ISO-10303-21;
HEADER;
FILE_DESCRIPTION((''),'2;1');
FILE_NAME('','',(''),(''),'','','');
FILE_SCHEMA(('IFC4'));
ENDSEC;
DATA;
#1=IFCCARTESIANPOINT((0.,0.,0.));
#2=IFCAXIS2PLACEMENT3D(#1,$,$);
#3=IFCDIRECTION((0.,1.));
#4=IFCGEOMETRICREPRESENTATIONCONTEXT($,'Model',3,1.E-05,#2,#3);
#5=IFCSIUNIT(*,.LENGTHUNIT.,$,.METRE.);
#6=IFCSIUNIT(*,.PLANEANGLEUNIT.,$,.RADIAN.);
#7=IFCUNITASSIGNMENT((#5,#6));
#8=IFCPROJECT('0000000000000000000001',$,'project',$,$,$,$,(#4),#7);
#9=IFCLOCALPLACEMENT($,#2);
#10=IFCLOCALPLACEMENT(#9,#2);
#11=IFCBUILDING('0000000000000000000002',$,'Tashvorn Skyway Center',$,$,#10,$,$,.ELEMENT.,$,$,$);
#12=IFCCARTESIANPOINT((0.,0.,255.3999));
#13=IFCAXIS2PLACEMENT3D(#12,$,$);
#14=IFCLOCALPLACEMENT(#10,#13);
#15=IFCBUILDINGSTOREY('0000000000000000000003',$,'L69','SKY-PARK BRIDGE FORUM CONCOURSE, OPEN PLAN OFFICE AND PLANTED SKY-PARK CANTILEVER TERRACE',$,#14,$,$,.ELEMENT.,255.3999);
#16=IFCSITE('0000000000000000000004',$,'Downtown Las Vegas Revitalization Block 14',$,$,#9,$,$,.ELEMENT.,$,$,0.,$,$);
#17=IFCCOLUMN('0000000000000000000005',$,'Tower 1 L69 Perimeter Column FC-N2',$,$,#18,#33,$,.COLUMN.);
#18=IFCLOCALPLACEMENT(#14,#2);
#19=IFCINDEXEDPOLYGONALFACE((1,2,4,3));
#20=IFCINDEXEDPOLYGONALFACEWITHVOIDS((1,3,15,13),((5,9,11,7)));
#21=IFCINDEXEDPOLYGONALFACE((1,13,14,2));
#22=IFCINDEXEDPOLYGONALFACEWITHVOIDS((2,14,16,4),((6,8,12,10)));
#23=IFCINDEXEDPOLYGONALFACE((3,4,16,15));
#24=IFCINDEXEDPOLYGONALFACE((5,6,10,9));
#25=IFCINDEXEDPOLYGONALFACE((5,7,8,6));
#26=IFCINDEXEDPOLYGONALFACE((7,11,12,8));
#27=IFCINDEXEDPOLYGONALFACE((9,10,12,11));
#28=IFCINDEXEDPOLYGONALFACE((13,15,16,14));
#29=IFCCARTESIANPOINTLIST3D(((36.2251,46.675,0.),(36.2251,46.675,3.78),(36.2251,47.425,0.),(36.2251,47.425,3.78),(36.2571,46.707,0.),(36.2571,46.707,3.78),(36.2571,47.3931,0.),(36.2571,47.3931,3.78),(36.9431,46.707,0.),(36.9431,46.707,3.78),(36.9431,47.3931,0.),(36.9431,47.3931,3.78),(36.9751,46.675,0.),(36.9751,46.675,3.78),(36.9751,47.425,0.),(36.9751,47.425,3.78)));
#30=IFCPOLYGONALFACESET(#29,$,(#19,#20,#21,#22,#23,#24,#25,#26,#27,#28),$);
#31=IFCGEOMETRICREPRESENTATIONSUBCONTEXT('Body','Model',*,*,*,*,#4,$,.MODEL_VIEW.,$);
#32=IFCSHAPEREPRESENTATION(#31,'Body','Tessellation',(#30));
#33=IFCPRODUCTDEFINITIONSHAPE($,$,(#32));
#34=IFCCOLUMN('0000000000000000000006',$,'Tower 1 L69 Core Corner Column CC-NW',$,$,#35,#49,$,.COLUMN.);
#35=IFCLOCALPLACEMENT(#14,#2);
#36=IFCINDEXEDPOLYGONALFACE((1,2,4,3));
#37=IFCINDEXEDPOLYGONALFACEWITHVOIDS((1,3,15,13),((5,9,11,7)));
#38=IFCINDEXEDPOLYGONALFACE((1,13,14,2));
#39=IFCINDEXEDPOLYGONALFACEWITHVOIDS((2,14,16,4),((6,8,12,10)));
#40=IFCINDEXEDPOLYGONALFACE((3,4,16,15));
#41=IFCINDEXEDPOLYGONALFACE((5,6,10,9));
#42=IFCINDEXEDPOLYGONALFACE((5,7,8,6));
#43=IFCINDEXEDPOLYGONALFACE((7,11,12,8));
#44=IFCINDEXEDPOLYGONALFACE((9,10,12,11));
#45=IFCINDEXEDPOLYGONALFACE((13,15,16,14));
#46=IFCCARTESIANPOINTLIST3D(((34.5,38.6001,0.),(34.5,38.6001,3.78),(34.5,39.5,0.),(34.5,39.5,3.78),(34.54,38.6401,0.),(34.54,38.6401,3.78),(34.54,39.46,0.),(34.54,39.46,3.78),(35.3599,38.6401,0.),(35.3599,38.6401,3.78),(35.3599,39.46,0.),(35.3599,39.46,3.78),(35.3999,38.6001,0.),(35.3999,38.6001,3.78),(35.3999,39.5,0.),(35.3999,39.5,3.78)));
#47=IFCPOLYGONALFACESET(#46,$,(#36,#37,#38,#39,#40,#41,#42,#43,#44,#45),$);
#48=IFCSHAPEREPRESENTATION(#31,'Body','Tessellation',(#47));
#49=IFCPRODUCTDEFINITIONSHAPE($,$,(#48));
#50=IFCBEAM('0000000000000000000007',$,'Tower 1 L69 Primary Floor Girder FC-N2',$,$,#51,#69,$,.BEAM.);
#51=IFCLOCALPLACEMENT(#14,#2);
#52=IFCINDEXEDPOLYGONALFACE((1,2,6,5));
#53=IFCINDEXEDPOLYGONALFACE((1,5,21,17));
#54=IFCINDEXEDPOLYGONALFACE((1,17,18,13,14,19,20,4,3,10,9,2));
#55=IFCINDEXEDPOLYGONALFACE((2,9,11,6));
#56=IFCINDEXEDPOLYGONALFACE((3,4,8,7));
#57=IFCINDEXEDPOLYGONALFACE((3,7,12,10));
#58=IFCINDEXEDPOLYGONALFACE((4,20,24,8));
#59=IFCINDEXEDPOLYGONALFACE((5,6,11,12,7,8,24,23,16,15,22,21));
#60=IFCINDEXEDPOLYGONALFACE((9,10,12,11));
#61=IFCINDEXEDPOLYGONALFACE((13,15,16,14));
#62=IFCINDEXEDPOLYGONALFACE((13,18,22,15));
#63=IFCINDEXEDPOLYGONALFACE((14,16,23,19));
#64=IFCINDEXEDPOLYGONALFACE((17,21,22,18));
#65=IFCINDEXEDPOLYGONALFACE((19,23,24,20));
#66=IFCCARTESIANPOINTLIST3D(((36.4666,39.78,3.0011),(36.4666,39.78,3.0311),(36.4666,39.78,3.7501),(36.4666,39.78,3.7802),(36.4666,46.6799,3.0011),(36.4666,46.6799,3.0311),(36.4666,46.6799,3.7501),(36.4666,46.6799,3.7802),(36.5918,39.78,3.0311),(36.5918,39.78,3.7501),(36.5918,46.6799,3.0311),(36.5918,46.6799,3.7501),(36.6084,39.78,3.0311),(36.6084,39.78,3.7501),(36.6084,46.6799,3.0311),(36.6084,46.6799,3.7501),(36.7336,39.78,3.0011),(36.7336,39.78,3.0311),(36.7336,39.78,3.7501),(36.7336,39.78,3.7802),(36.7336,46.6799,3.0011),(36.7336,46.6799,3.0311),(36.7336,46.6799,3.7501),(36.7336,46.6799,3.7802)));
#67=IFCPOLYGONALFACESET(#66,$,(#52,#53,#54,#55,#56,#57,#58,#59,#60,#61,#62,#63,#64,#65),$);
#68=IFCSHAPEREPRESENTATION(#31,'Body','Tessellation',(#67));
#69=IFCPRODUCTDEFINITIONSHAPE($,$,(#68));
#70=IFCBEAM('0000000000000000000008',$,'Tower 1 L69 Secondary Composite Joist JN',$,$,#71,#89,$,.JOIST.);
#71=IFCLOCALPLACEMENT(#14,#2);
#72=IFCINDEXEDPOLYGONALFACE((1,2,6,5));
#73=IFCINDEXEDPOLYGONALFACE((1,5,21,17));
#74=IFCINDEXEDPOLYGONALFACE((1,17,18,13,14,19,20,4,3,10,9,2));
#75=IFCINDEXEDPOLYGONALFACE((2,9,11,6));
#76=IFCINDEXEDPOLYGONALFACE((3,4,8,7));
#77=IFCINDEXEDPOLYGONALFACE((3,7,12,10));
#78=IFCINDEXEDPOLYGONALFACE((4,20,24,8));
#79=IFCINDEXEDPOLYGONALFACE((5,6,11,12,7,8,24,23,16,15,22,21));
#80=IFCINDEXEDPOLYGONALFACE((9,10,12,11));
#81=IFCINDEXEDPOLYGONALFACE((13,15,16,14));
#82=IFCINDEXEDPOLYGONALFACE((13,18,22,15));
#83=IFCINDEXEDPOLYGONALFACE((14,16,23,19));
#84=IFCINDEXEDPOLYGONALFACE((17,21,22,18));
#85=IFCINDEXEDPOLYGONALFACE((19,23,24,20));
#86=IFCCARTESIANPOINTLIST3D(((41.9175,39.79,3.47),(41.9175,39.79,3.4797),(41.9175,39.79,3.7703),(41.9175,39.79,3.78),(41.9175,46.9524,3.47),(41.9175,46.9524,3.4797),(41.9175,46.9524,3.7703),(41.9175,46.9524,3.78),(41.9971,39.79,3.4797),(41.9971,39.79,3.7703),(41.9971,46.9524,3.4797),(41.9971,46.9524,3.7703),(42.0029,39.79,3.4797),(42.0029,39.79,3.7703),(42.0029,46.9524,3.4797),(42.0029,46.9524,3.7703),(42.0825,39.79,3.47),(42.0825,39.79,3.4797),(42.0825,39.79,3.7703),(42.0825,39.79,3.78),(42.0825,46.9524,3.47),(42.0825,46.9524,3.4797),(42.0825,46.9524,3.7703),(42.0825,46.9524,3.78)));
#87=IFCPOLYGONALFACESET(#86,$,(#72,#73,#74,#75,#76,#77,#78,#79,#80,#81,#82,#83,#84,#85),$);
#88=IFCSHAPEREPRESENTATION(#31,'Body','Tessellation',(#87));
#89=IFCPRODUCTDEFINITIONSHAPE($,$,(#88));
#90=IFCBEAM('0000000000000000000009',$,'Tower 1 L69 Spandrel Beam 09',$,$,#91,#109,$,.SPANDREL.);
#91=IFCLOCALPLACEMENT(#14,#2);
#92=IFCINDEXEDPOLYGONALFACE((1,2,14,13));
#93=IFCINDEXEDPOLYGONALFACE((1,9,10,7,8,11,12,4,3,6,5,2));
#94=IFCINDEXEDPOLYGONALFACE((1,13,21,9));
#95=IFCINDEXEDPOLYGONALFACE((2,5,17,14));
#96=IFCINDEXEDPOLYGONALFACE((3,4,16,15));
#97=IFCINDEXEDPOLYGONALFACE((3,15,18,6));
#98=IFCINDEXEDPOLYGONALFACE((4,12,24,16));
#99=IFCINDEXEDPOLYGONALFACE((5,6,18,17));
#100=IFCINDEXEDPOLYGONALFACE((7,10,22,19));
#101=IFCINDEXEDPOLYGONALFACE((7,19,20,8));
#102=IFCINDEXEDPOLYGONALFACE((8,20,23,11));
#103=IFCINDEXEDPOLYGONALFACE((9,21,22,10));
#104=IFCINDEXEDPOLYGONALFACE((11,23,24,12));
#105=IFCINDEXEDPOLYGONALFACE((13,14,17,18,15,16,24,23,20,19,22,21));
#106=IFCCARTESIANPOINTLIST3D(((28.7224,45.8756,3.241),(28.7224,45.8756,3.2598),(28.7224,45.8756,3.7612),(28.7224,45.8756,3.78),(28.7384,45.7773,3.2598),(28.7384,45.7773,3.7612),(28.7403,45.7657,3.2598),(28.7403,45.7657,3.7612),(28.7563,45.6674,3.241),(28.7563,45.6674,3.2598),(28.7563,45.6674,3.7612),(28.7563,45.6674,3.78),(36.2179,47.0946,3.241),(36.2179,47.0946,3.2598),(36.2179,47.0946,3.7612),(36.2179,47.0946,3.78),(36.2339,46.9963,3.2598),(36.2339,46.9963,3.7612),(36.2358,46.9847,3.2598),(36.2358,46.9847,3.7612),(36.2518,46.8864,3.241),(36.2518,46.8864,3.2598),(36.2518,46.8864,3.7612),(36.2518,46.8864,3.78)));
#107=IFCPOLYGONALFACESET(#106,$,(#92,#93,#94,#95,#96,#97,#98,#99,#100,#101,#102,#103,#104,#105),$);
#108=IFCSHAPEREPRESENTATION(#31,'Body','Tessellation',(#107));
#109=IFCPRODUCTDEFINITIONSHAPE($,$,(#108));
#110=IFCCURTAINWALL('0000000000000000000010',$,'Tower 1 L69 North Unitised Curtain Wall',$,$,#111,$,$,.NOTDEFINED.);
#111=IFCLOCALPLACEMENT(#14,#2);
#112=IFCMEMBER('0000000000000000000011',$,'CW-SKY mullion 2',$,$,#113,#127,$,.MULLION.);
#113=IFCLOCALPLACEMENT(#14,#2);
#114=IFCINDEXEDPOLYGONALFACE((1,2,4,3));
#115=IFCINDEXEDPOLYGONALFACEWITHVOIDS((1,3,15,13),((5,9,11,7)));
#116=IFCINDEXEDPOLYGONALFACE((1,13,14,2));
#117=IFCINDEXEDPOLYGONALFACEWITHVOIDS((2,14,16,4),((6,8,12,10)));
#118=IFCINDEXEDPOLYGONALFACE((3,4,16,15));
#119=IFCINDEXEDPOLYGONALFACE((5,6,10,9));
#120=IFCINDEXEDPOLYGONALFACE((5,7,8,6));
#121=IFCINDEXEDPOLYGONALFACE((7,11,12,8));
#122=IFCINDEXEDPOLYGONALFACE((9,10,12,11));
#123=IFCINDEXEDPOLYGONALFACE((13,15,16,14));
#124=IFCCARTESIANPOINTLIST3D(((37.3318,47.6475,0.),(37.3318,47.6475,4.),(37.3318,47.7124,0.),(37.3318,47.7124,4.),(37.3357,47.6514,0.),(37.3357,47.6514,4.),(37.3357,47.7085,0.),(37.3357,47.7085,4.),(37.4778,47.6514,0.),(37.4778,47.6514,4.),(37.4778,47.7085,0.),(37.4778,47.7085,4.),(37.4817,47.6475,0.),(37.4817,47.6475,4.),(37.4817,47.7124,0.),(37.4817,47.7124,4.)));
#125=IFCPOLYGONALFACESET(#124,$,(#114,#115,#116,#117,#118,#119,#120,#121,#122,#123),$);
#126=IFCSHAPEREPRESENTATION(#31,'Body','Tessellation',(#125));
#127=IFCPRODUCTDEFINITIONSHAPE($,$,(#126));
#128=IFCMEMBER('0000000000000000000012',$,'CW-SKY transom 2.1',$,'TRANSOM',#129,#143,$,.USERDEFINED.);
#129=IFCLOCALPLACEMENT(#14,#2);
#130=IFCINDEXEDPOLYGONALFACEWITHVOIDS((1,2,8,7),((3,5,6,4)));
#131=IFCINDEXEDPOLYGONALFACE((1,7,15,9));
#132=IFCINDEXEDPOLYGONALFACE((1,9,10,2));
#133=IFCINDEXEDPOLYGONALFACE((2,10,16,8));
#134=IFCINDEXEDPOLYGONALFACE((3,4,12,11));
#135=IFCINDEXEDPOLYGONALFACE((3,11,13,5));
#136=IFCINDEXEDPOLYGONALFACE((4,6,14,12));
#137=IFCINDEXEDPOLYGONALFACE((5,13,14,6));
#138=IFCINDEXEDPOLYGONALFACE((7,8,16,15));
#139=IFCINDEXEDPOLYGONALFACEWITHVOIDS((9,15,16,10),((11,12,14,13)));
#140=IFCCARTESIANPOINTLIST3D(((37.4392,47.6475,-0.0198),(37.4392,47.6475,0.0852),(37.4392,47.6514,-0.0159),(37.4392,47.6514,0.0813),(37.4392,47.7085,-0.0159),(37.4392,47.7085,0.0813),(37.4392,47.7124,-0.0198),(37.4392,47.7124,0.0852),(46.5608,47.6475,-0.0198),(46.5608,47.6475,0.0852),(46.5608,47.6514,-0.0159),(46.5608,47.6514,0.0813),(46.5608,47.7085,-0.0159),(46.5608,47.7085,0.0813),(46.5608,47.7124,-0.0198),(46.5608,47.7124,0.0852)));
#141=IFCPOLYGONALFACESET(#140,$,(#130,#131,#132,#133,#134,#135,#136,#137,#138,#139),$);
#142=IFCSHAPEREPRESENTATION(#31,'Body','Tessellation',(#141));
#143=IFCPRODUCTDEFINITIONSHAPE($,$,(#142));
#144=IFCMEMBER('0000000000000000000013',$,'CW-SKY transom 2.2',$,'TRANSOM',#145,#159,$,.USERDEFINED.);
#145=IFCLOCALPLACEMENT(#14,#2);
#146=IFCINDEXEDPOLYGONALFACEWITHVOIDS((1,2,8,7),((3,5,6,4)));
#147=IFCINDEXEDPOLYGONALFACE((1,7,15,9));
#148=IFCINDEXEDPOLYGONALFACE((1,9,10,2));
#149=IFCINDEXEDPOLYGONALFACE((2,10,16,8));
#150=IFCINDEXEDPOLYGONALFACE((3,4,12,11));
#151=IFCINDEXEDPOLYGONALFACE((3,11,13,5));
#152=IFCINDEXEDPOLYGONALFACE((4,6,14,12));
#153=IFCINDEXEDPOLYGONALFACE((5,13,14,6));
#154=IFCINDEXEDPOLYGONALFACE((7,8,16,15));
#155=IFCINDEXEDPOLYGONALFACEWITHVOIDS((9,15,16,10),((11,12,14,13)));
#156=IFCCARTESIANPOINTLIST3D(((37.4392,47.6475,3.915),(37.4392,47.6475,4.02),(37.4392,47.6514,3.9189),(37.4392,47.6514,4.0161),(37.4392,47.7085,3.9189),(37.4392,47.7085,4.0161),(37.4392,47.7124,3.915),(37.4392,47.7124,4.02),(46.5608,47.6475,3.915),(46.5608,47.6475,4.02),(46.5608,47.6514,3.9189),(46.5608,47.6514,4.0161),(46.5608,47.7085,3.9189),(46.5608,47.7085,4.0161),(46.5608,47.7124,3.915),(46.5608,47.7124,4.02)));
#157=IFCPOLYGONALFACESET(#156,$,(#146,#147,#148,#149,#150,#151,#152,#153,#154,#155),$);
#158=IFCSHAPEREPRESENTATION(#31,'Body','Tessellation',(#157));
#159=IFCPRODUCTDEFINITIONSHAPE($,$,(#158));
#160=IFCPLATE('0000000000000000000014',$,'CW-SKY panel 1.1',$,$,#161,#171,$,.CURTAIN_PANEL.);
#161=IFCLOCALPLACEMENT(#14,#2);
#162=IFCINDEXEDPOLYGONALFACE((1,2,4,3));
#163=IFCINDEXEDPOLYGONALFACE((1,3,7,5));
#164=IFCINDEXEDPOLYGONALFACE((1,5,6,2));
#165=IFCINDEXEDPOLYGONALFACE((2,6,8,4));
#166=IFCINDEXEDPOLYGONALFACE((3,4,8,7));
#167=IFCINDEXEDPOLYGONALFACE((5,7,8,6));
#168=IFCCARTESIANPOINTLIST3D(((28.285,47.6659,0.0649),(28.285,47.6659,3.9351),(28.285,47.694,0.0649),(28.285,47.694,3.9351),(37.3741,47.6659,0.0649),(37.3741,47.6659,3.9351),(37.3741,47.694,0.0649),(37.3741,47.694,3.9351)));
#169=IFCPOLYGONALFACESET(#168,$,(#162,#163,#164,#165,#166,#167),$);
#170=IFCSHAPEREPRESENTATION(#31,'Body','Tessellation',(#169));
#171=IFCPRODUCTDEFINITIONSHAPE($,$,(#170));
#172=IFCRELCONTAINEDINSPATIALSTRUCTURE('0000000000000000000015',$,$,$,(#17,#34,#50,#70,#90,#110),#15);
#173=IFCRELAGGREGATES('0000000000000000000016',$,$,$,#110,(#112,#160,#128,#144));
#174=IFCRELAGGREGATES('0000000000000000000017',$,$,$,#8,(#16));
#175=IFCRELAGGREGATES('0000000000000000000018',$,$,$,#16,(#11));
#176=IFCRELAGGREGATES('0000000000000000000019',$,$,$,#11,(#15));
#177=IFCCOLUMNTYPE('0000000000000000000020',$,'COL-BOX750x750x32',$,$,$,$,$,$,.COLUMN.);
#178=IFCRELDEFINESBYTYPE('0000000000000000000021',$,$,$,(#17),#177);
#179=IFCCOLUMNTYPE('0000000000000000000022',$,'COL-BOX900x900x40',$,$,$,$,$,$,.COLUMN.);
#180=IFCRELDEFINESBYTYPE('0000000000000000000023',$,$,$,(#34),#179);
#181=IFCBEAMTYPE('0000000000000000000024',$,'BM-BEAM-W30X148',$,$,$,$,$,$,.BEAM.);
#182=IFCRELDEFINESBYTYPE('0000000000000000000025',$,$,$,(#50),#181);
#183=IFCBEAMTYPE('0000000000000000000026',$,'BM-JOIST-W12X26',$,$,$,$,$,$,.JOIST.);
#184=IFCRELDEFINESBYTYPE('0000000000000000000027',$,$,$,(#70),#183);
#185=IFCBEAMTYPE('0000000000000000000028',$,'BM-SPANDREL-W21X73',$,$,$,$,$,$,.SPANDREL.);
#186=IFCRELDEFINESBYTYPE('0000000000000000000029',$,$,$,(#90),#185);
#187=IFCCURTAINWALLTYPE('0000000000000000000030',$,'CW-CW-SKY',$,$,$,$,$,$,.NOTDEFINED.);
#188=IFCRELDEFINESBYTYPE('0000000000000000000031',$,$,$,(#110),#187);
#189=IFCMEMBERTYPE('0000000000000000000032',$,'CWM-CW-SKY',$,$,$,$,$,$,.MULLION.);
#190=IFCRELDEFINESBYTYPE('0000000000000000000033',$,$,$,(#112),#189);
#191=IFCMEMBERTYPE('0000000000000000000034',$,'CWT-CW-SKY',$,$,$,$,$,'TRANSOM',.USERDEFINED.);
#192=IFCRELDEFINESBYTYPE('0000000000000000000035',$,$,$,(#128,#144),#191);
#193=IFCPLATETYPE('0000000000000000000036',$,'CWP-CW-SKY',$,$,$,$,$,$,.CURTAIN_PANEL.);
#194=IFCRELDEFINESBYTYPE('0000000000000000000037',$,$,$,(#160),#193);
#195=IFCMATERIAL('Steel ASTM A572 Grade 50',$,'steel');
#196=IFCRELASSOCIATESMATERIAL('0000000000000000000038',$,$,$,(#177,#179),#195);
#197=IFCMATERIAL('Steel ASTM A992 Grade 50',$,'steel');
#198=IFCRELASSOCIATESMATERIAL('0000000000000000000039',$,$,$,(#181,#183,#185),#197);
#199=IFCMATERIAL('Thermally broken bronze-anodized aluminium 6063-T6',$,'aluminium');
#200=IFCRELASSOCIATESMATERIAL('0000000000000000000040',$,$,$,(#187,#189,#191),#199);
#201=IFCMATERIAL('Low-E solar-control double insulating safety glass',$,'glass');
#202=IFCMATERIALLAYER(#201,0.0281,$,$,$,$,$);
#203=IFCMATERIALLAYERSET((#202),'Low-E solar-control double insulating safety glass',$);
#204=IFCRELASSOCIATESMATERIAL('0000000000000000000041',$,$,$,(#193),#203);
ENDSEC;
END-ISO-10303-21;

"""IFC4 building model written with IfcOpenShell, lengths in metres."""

from ifc_helpers import new_model, si_unit, direction, frame, origin, origin_2d, place, context, subcontext, project, spatial, rectangle, hollow_rectangle, i_section, extrude, material, layer, layer_set, material_profile, profile_set, type_object, element, aggregate, save


model = new_model("IFC4")

# Units and contexts
model_context = context("Model", 3, precision=1e-05, world=origin(), true_north=direction((0.0, 1.0)))
body_context = subcontext(model_context, "Body", "Model", "MODEL_VIEW")
ifc_project = project(units=[si_unit("LENGTHUNIT", "METRE"), si_unit("PLANEANGLEUNIT", "RADIAN")], contexts=[model_context])

# Site, building, storey
site_placement = place(None, origin())
site = spatial("IfcSite", under=ifc_project, at=site_placement, Name="Downtown Las Vegas Revitalization Block 14", CompositionType="ELEMENT", RefElevation=0.0)
building_placement = place(site_placement, origin())
building = spatial("IfcBuilding", under=site, at=building_placement, Name="Tashvorn Skyway Center", CompositionType="ELEMENT")
storey_placement = place(building_placement, frame((0.0, 0.0, 255.3999)))
storey = spatial("IfcBuildingStorey", under=building, at=storey_placement, Name="L69", Description="SKY-PARK BRIDGE FORUM CONCOURSE, OPEN PLAN OFFICE AND PLANTED SKY-PARK CANTILEVER TERRACE", CompositionType="ELEMENT", Elevation=255.3999)

# Columns
ifc_material_1 = material(Name="Steel ASTM A572 Grade 50", Category="steel")
ifc_material_profile_1 = material_profile(ifc_material_1, hollow_rectangle(XDim=0.75, YDim=0.75, WallThickness=0.032, at=origin_2d()), Name="BOX750x750x32")
ifc_profile_set_1 = profile_set([ifc_material_profile_1], Name="Steel ASTM A572 Grade 50")
column_type_1 = type_object("IfcColumnType", Name="COL-BOX750x750x32", PredefinedType="COLUMN", material=ifc_profile_set_1)
column_1_placement = place(storey_placement, frame((36.6001, 47.05, 0.0), z_axis=(0.0, 0.0, 1.0), x_axis=(1.0, 0.0, 0.0)))
element("IfcColumn", 1, at=column_1_placement, inside=storey, type_object=column_type_1, Name="Tower 1 L69 Perimeter Column FC-N2", PredefinedType="COLUMN", context=body_context, shape_type="SweptSolid", body=[
    extrude(hollow_rectangle(XDim=0.75, YDim=0.75, WallThickness=0.032, at=origin_2d()), origin(), (0.0, 0.0, 1.0), 3.78),
])
ifc_material_profile_2 = material_profile(ifc_material_1, hollow_rectangle(XDim=0.8999, YDim=0.8999, WallThickness=0.04, at=origin_2d()), Name="BOX900x900x40")
ifc_profile_set_2 = profile_set([ifc_material_profile_2], Name="Steel ASTM A572 Grade 50")
column_type_2 = type_object("IfcColumnType", Name="COL-BOX900x900x40", PredefinedType="COLUMN", material=ifc_profile_set_2)
column_2_placement = place(storey_placement, frame((34.95, 39.05, 0.0), z_axis=(0.0, 0.0, 1.0), x_axis=(1.0, 0.0, 0.0)))
element("IfcColumn", 2, at=column_2_placement, inside=storey, type_object=column_type_2, Name="Tower 1 L69 Core Corner Column CC-NW", PredefinedType="COLUMN", context=body_context, shape_type="SweptSolid", body=[
    extrude(hollow_rectangle(XDim=0.8999, YDim=0.8999, WallThickness=0.04, at=origin_2d()), origin(), (0.0, 0.0, 1.0), 3.78),
])

# Beams
ifc_material_2 = material(Name="Steel ASTM A992 Grade 50", Category="steel")
ifc_material_profile_3 = material_profile(ifc_material_2, i_section(OverallWidth=0.2671, OverallDepth=0.7791, WebThickness=0.0166, FlangeThickness=0.03, at=origin_2d()), Name="W30X148")
ifc_profile_set_3 = profile_set([ifc_material_profile_3], Name="Steel ASTM A992 Grade 50")
beam_type_1 = type_object("IfcBeamType", Name="BM-BEAM-W30X148", PredefinedType="BEAM", material=ifc_profile_set_3)
beam_1_placement = place(storey_placement, frame((36.6001, 46.6799, 3.3906), z_axis=(0.0, -1.0, 0.0), x_axis=(1.0, 0.0, 0.0)))
element("IfcBeam", 3, at=beam_1_placement, inside=storey, type_object=beam_type_1, Name="Tower 1 L69 Primary Floor Girder FC-N2", PredefinedType="BEAM", context=body_context, shape_type="SweptSolid", body=[
    extrude(i_section(OverallWidth=0.2671, OverallDepth=0.7791, WebThickness=0.0166, FlangeThickness=0.03, at=origin_2d()), origin(), (0.0, 0.0, 1.0), 6.8999),
])
ifc_material_profile_4 = material_profile(ifc_material_2, i_section(OverallWidth=0.165, OverallDepth=0.3101, WebThickness=0.0059, FlangeThickness=0.0098, at=origin_2d()), Name="W12X26")
ifc_profile_set_4 = profile_set([ifc_material_profile_4], Name="Steel ASTM A992 Grade 50")
beam_type_2 = type_object("IfcBeamType", Name="BM-JOIST-W12X26", PredefinedType="JOIST", material=ifc_profile_set_4)
beam_2_placement = place(storey_placement, frame((42.0, 39.79, 3.625), z_axis=(0.0, 1.0, 0.0), x_axis=(-1.0, 0.0, 0.0)))
element("IfcBeam", 4, at=beam_2_placement, inside=storey, type_object=beam_type_2, Name="Tower 1 L69 Secondary Composite Joist JN", PredefinedType="JOIST", context=body_context, shape_type="SweptSolid", body=[
    extrude(i_section(OverallWidth=0.165, OverallDepth=0.3101, WebThickness=0.0059, FlangeThickness=0.0098, at=origin_2d()), origin(), (0.0, 0.0, 1.0), 7.1624),
])
ifc_material_profile_5 = material_profile(ifc_material_2, i_section(OverallWidth=0.2109, OverallDepth=0.5391, WebThickness=0.0117, FlangeThickness=0.0188, at=origin_2d()), Name="W21X73")
ifc_profile_set_5 = profile_set([ifc_material_profile_5], Name="Steel ASTM A992 Grade 50")
beam_type_3 = type_object("IfcBeamType", Name="BM-SPANDREL-W21X73", PredefinedType="SPANDREL", material=ifc_profile_set_5)
beam_3_placement = place(storey_placement, frame((36.2349, 46.9905, 3.5105), z_axis=(-0.987033, -0.160519, 0.0), x_axis=(0.160519, -0.987033, 0.0)))
element("IfcBeam", 5, at=beam_3_placement, inside=storey, type_object=beam_type_3, Name="Tower 1 L69 Spandrel Beam 09", PredefinedType="SPANDREL", context=body_context, shape_type="SweptSolid", body=[
    extrude(i_section(OverallWidth=0.2109, OverallDepth=0.5391, WebThickness=0.0117, FlangeThickness=0.0188, at=origin_2d()), origin(), (0.0, 0.0, 1.0), 7.594),
])

# Curtain wall, members, plate
ifc_material_3 = material(Name="Thermally broken bronze-anodized aluminium 6063-T6", Category="aluminium")
curtain_wall_type = type_object("IfcCurtainWallType", Name="CW-CW-SKY", PredefinedType="NOTDEFINED", material=ifc_material_3)
curtain_wall_placement = place(storey_placement, origin())
curtain_wall = element("IfcCurtainWall", 6, at=curtain_wall_placement, inside=storey, type_object=curtain_wall_type, Name="Tower 1 L69 North Unitised Curtain Wall", PredefinedType="NOTDEFINED")
ifc_material_profile_6 = material_profile(ifc_material_3, hollow_rectangle(XDim=0.0649, YDim=0.1499, WallThickness=0.0039, at=origin_2d()), Name="ALU-MULL-65x150")
ifc_profile_set_6 = profile_set([ifc_material_profile_6], Name="Thermally broken bronze-anodized aluminium 6063-T6")
member_type_1 = type_object("IfcMemberType", Name="CWM-CW-SKY", PredefinedType="MULLION", material=ifc_profile_set_6)
member_1_placement = place(storey_placement, frame((37.4067, 47.6799, 0.0), z_axis=(0.0, 0.0, 1.0), x_axis=(0.0, 1.0, 0.0)))
member_1 = element("IfcMember", 7, at=member_1_placement, type_object=member_type_1, Name="CW-SKY mullion 2", PredefinedType="MULLION", context=body_context, shape_type="SweptSolid", body=[
    extrude(hollow_rectangle(XDim=0.0649, YDim=0.1499, WallThickness=0.0039, at=origin_2d()), origin(), (0.0, 0.0, 1.0), 4.0),
])
ifc_material_profile_7 = material_profile(ifc_material_3, hollow_rectangle(XDim=0.0649, YDim=0.105, WallThickness=0.0039, at=origin_2d()), Name="ALU-TRAN-65x105")
ifc_profile_set_7 = profile_set([ifc_material_profile_7], Name="Thermally broken bronze-anodized aluminium 6063-T6")
member_type_2 = type_object("IfcMemberType", Name="CWT-CW-SKY", ElementType="TRANSOM", PredefinedType="USERDEFINED", material=ifc_profile_set_7)
member_2_placement = place(storey_placement, frame((37.4392, 47.6799, 0.0327), z_axis=(1.0, 0.0, 0.0), x_axis=(0.0, 1.0, 0.0)))
member_2 = element("IfcMember", 8, at=member_2_placement, type_object=member_type_2, Name="CW-SKY transom 2.1", ObjectType="TRANSOM", PredefinedType="USERDEFINED", context=body_context, shape_type="SweptSolid", body=[
    extrude(hollow_rectangle(XDim=0.0649, YDim=0.105, WallThickness=0.0039, at=origin_2d()), origin(), (0.0, 0.0, 1.0), 9.1216),
])
member_3_placement = place(storey_placement, frame((37.4392, 47.6799, 3.9675), z_axis=(1.0, 0.0, 0.0), x_axis=(0.0, 1.0, 0.0)))
member_3 = element("IfcMember", 9, at=member_3_placement, type_object=member_type_2, Name="CW-SKY transom 2.2", ObjectType="TRANSOM", PredefinedType="USERDEFINED", context=body_context, shape_type="SweptSolid", body=[
    extrude(hollow_rectangle(XDim=0.0649, YDim=0.105, WallThickness=0.0039, at=origin_2d()), origin(), (0.0, 0.0, 1.0), 9.1216),
])
ifc_material_4 = material(Name="Low-E solar-control double insulating safety glass", Category="glass")
ifc_layer_1 = layer(ifc_material_4, 0.0281)
ifc_layer_set_1 = layer_set([ifc_layer_1], Name="Low-E solar-control double insulating safety glass")
plate_type = type_object("IfcPlateType", Name="CWP-CW-SKY", PredefinedType="CURTAIN_PANEL", material=ifc_layer_set_1)
plate_1_placement = place(storey_placement, frame((32.8296, 47.6799, 0.0649), z_axis=(0.0, 0.0, 1.0), x_axis=(1.0, 0.0, 0.0)))
plate_1 = element("IfcPlate", 10, at=plate_1_placement, type_object=plate_type, Name="CW-SKY panel 1.1", PredefinedType="CURTAIN_PANEL", context=body_context, shape_type="SweptSolid", body=[
    extrude(rectangle(XDim=9.0891, YDim=0.0281, at=origin_2d()), origin(), (0.0, 0.0, 1.0), 3.8701),
])
aggregate(curtain_wall, [member_1, plate_1, member_2, member_3])

save(model, "model.ifc")
